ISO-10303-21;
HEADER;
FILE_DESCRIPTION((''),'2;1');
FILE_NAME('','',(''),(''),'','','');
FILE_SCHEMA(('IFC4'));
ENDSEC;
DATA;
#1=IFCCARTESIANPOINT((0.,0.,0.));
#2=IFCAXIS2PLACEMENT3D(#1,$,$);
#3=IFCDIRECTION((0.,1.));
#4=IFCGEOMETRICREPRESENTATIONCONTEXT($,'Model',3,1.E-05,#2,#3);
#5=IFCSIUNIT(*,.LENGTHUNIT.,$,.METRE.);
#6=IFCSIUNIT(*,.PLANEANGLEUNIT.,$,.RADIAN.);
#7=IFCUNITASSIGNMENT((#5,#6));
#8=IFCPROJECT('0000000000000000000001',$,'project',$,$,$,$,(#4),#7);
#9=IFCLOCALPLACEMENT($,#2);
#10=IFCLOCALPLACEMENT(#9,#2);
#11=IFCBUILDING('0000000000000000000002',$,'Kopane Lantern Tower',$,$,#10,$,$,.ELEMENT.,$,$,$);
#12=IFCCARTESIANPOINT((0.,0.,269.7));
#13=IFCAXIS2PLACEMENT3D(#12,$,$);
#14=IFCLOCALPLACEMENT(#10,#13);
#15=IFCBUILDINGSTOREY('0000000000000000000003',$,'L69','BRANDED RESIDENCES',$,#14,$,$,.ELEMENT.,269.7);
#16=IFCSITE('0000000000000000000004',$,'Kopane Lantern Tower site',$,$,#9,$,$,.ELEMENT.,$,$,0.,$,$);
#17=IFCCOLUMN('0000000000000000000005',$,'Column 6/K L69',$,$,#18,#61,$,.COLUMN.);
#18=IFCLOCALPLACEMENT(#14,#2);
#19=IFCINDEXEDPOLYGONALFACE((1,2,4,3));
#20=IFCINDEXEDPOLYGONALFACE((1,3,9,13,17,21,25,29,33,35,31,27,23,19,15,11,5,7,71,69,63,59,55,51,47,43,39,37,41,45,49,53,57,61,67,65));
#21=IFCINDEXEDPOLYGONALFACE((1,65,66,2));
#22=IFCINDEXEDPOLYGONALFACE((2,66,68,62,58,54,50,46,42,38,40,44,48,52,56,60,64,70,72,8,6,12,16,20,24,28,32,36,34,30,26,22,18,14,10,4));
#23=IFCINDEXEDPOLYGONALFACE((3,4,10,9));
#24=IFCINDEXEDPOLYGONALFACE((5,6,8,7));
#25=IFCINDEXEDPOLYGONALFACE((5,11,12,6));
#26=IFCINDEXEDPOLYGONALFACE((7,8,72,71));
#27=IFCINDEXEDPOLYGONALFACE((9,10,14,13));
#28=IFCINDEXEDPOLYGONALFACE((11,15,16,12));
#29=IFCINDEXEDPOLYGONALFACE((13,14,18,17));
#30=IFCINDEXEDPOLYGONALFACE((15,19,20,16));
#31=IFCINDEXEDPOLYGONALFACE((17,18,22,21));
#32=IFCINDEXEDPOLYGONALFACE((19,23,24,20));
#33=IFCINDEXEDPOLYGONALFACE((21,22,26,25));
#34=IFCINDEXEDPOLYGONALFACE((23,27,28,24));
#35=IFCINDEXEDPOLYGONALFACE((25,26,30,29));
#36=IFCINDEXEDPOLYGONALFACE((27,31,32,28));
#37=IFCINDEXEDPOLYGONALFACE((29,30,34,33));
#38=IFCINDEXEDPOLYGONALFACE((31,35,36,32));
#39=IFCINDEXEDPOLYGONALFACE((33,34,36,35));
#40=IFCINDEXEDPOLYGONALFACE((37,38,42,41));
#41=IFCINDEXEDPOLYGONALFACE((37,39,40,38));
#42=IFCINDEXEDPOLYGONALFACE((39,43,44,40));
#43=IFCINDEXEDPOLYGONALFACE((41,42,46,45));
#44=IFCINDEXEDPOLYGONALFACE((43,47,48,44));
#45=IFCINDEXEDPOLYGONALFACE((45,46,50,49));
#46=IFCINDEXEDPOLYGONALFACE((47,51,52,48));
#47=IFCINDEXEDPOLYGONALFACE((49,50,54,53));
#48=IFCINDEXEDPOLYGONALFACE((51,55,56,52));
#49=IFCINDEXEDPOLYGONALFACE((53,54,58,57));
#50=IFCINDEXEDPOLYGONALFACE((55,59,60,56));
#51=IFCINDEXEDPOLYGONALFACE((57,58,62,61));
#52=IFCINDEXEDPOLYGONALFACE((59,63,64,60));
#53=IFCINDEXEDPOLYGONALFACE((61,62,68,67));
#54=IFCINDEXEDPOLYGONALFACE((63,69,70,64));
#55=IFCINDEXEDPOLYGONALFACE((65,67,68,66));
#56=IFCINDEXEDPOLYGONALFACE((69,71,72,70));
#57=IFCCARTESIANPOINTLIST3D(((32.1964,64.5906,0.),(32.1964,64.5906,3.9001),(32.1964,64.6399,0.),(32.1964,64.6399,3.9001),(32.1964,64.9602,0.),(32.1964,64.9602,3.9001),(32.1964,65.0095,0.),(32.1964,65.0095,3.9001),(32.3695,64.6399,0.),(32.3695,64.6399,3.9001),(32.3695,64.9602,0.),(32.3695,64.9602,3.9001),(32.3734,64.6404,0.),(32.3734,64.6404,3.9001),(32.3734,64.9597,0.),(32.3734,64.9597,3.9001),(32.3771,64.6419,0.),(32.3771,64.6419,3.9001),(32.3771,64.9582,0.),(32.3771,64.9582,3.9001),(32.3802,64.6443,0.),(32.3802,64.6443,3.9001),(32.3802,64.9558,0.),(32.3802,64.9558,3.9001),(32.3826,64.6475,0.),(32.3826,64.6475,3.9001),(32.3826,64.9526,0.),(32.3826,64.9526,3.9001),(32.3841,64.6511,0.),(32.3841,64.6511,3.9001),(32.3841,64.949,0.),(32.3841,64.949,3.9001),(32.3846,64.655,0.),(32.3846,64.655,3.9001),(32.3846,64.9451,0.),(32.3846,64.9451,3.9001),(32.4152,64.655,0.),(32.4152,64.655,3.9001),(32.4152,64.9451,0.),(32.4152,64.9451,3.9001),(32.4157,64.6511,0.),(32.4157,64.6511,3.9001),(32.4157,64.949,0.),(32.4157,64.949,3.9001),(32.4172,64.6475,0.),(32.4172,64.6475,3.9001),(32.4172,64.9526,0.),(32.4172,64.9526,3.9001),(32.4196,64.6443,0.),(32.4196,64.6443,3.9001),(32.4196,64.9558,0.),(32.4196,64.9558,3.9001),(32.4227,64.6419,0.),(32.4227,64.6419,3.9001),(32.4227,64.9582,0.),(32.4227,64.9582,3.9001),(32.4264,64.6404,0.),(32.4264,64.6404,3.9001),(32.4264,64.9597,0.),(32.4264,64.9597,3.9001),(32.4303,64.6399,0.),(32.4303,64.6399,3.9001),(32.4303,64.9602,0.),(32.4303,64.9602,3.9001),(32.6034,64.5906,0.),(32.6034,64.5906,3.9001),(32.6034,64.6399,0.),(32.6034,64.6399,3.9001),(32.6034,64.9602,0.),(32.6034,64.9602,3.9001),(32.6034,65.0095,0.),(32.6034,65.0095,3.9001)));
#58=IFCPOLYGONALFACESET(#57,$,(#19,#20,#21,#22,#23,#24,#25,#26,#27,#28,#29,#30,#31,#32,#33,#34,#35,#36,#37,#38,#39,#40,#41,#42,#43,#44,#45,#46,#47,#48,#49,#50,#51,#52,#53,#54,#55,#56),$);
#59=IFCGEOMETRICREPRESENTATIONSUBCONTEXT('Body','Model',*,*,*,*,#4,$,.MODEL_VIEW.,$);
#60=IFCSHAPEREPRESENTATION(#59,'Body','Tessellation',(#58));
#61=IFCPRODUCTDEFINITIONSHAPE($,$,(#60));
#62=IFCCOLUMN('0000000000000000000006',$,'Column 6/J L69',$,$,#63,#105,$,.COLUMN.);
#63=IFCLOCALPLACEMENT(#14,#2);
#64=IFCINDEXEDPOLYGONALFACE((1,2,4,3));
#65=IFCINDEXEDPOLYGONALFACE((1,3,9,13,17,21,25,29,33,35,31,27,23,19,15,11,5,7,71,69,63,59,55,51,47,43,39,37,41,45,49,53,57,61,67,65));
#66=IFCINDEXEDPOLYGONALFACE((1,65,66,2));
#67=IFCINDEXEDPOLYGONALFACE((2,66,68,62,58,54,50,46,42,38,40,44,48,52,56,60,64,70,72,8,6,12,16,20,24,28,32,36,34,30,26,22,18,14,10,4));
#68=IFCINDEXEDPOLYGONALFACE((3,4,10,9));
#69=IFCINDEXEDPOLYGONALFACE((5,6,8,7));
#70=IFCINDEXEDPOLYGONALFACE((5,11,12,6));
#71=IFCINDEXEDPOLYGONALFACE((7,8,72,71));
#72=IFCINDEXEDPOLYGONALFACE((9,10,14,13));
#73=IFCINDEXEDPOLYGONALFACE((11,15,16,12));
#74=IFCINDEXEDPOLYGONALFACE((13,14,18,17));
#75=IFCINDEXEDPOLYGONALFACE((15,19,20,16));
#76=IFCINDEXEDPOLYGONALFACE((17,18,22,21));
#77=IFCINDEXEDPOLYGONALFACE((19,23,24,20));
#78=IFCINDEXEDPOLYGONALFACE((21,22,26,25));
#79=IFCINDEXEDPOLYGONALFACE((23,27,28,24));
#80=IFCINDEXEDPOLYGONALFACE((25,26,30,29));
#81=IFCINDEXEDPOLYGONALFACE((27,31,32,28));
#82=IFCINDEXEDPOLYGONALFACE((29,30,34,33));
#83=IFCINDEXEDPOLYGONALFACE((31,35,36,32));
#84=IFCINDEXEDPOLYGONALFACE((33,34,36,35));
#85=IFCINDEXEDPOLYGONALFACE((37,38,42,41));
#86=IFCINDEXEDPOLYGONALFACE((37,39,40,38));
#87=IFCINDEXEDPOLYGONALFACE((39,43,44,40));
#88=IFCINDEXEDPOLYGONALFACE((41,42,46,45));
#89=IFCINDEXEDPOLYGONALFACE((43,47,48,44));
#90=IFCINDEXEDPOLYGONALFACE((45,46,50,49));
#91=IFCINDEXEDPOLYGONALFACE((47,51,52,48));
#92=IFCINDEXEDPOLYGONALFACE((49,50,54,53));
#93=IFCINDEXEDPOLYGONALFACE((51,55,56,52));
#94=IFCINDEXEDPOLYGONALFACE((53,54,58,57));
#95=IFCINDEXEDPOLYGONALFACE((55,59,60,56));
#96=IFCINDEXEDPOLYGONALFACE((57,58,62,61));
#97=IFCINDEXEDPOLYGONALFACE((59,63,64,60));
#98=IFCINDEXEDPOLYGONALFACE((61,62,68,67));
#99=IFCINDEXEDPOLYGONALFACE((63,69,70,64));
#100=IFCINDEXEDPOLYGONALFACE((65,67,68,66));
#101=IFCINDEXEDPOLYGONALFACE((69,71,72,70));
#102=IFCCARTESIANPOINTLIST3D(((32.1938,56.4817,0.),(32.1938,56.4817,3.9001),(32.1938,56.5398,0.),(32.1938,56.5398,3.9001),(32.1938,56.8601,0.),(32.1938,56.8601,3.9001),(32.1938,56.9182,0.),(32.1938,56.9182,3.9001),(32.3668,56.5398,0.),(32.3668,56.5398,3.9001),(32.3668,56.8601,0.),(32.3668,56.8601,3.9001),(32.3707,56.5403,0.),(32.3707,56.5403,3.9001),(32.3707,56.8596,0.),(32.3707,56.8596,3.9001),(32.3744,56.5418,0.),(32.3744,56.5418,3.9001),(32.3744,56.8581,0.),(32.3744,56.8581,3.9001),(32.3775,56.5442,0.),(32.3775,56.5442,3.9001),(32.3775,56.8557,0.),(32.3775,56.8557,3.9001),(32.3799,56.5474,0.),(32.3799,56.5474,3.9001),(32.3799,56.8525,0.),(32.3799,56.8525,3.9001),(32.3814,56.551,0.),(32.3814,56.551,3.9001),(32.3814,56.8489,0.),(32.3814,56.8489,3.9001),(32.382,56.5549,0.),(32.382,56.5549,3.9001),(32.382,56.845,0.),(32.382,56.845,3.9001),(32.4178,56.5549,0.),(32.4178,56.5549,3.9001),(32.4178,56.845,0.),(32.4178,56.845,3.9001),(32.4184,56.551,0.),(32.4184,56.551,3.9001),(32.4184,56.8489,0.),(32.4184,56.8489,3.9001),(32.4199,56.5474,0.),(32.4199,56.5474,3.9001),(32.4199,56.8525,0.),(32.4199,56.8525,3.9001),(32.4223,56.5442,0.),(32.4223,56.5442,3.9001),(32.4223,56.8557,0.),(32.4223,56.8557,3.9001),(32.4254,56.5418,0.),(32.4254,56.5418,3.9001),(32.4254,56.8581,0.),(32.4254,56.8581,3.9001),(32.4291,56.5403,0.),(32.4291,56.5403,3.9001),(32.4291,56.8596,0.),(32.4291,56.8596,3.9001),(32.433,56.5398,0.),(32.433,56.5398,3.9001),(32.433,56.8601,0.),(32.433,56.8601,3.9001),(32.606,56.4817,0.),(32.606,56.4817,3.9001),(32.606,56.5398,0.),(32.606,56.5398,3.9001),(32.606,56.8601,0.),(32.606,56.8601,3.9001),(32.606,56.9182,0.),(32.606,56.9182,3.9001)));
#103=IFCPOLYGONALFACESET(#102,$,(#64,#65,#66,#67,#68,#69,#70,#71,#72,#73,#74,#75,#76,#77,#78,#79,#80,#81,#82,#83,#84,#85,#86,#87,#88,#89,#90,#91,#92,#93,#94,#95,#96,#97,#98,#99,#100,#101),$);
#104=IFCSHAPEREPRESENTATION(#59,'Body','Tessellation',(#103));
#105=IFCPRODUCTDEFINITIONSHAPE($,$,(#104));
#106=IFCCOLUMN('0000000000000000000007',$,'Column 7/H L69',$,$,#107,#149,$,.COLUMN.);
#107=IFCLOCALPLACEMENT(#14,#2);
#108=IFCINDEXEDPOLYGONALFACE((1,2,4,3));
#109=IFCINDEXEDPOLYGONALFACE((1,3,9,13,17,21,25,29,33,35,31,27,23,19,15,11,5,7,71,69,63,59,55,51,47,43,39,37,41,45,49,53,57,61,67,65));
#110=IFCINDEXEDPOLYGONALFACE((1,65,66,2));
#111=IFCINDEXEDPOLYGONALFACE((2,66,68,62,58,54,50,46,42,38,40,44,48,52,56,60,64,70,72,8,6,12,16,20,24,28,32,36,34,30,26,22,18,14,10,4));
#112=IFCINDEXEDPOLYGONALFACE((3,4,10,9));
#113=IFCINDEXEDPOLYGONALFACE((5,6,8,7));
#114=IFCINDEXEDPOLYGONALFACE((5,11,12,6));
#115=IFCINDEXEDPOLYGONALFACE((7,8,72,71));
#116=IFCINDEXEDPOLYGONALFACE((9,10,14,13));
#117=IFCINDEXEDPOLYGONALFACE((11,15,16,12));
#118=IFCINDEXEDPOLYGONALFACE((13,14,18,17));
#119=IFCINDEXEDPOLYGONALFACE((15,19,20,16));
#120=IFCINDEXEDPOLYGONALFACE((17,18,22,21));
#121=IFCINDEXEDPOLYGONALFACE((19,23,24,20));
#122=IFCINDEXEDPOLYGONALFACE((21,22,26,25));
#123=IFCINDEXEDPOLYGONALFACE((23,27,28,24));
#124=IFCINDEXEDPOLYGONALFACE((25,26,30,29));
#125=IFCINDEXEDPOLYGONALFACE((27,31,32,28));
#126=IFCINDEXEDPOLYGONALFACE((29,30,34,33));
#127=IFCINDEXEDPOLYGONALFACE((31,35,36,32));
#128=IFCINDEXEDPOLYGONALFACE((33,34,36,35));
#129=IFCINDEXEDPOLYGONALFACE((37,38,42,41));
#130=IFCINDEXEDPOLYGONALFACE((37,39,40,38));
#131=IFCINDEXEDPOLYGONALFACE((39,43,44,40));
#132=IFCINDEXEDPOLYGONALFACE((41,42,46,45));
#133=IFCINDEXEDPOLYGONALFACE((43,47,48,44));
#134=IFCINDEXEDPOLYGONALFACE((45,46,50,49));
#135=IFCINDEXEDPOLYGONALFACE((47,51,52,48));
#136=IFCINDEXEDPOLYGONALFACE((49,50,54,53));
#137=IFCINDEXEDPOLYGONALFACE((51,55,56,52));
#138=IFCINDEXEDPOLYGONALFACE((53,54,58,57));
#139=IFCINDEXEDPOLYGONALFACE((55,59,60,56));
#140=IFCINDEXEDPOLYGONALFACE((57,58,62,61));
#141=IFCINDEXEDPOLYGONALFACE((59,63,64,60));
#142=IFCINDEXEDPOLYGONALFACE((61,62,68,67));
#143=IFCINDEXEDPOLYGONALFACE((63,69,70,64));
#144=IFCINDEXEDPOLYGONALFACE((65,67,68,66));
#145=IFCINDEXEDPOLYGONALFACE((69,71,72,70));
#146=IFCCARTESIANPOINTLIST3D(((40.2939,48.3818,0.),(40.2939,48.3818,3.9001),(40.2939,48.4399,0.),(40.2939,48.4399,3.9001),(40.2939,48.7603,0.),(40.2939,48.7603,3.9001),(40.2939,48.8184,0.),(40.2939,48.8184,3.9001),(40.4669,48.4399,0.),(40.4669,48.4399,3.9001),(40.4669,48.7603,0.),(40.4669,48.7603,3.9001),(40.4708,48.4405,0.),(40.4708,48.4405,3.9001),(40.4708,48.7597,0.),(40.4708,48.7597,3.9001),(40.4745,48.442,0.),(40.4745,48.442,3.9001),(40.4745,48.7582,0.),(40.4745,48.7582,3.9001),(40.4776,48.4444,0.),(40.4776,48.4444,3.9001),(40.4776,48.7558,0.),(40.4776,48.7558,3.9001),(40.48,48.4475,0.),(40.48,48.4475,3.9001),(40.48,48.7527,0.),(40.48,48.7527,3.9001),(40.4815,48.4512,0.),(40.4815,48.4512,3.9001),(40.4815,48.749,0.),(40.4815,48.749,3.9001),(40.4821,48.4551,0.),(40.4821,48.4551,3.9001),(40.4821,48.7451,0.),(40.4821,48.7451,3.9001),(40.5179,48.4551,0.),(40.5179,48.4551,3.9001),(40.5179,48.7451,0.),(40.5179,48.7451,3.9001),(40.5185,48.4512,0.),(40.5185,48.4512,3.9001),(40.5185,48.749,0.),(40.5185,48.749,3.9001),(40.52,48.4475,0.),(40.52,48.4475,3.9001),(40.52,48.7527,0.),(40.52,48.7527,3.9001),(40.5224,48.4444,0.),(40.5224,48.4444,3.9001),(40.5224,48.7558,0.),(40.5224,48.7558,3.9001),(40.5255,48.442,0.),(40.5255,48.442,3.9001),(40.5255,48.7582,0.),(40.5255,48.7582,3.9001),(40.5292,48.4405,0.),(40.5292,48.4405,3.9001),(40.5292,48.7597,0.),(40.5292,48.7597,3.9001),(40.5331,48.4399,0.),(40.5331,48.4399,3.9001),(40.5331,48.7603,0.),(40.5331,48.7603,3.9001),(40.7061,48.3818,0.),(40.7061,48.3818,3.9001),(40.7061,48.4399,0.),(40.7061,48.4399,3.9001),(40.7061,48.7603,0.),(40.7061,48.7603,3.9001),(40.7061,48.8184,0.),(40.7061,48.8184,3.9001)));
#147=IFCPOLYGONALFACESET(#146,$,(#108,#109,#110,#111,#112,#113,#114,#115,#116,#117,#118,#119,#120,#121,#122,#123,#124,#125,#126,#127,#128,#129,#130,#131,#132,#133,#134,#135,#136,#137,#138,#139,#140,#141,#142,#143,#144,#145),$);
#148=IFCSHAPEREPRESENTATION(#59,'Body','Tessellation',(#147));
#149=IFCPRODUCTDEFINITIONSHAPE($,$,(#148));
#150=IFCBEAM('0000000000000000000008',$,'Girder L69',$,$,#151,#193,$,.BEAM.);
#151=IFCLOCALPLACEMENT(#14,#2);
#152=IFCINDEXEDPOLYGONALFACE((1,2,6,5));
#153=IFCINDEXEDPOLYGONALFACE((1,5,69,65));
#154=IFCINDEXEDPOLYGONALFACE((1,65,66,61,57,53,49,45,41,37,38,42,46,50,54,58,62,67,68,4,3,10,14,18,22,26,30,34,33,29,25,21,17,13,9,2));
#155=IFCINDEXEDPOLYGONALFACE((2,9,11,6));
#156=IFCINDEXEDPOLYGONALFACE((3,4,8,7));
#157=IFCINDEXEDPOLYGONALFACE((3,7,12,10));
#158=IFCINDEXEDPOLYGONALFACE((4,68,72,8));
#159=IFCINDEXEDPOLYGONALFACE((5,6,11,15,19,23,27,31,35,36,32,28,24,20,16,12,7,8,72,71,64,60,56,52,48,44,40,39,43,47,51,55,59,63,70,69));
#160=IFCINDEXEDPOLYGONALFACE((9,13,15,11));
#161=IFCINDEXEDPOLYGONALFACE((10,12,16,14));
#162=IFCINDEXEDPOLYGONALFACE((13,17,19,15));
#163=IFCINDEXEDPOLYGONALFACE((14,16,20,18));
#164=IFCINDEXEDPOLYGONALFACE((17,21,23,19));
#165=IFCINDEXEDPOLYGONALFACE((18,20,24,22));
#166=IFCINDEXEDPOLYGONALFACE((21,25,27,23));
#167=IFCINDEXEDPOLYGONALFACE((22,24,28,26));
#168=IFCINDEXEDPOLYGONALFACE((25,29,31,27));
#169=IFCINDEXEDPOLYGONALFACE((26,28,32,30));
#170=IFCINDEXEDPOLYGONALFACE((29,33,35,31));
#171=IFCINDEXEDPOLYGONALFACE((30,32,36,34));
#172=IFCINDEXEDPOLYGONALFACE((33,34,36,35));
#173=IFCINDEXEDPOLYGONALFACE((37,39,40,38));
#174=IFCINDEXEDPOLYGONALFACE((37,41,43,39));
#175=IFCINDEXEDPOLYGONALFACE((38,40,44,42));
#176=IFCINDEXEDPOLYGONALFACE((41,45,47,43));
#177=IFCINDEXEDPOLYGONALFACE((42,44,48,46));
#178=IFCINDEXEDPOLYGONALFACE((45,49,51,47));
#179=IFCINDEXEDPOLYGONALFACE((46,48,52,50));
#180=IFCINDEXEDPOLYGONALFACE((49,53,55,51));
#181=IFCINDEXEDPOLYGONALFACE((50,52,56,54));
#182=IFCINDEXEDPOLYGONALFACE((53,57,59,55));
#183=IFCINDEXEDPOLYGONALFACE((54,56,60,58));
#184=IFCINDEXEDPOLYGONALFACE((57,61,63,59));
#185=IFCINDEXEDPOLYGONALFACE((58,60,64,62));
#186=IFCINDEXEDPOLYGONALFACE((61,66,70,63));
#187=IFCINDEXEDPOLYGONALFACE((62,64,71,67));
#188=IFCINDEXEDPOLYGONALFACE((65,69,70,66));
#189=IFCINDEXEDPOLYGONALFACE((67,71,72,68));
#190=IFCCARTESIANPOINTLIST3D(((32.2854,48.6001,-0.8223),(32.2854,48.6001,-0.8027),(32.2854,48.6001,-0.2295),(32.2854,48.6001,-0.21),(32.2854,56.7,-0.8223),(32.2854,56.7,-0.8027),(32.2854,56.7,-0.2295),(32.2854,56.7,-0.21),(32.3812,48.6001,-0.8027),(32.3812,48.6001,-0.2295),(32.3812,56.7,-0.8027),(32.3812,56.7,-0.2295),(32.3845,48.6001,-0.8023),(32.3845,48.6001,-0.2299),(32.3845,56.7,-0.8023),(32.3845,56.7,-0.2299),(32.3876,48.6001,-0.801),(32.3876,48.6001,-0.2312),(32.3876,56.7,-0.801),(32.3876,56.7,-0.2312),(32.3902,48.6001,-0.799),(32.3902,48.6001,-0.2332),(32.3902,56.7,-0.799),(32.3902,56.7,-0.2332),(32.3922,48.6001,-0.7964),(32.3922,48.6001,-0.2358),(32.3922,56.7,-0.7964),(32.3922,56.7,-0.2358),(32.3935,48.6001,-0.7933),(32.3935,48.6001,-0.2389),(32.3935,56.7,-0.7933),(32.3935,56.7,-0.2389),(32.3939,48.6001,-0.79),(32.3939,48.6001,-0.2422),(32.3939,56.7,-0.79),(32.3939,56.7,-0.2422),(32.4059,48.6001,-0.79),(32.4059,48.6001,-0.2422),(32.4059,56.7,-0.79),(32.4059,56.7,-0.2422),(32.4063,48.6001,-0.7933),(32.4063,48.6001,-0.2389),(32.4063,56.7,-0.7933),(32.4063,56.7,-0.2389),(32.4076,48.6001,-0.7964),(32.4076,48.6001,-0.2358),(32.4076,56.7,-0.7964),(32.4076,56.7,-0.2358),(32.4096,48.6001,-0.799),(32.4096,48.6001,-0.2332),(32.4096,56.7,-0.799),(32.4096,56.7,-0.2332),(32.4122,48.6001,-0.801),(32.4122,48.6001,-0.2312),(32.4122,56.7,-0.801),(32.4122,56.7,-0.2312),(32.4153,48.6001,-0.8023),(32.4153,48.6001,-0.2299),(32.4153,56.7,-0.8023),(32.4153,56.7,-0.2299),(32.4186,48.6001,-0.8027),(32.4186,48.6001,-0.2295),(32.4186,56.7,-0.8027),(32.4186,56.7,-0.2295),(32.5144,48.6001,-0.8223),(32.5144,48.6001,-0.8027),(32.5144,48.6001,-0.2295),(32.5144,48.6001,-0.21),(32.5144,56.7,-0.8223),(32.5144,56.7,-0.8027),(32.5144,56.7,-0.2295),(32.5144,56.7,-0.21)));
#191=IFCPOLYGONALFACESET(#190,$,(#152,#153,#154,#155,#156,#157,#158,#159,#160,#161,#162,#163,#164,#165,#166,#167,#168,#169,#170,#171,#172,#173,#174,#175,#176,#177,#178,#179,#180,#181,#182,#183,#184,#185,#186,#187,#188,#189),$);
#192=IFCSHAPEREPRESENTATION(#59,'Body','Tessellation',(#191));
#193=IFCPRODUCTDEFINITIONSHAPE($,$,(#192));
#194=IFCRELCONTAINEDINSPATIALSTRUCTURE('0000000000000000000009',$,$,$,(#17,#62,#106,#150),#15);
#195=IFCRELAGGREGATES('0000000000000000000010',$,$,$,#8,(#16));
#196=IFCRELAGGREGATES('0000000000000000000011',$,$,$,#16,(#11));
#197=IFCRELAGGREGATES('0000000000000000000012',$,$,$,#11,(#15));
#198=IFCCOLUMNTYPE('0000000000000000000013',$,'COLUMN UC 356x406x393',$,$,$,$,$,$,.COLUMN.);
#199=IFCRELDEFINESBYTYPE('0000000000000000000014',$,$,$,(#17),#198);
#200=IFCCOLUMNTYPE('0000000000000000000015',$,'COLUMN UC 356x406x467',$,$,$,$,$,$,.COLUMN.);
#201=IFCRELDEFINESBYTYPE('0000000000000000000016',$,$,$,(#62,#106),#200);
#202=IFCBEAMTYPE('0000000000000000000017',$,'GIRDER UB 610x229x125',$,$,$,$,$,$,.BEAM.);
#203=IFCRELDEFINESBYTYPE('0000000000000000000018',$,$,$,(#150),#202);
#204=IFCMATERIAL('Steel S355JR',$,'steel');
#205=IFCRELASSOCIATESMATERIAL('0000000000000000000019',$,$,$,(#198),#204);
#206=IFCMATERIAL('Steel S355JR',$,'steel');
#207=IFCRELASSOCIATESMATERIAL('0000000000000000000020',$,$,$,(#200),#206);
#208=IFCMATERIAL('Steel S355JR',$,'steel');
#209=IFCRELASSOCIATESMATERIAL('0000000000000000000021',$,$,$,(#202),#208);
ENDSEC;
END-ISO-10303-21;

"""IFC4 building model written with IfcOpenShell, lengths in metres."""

from ifc_helpers import new_model, si_unit, direction, frame, origin, origin_2d, place, context, subcontext, project, spatial, i_section, extrude, material, material_profile, profile_set, type_object, element, save


model = new_model("IFC4")

# Units and contexts
model_context = context("Model", 3, precision=1e-05, world=origin(), true_north=direction((0.0, 1.0)))
body_context = subcontext(model_context, "Body", "Model", "MODEL_VIEW")
ifc_project = project(units=[si_unit("LENGTHUNIT", "METRE"), si_unit("PLANEANGLEUNIT", "RADIAN")], contexts=[model_context])

# Site, building, storey
site_placement = place(None, origin())
site = spatial("IfcSite", under=ifc_project, at=site_placement, Name="Kopane Lantern Tower site", CompositionType="ELEMENT", RefElevation=0.0)
building_placement = place(site_placement, origin())
building = spatial("IfcBuilding", under=site, at=building_placement, Name="Kopane Lantern Tower", CompositionType="ELEMENT")
storey_placement = place(building_placement, frame((0.0, 0.0, 269.7)))
storey = spatial("IfcBuildingStorey", under=building, at=storey_placement, Name="L69", Description="BRANDED RESIDENCES", CompositionType="ELEMENT", Elevation=269.7)

# Columns
ifc_material_1 = material(Name="Steel S355JR", Category="steel")
ifc_material_profile_1 = material_profile(ifc_material_1, i_section(OverallWidth=0.407, OverallDepth=0.4189, WebThickness=0.0305, FlangeThickness=0.0493, FilletRadius=0.0151, at=origin_2d()), Name="UC 356x406x393")
ifc_profile_set_1 = profile_set([ifc_material_profile_1], Name="Steel S355JR")
column_type_1 = type_object("IfcColumnType", Name="COLUMN UC 356x406x393", PredefinedType="COLUMN", material=ifc_profile_set_1)
column_placement = place(storey_placement, frame((32.3999, 64.8, 0.0), z_axis=(0.0, 0.0, 1.0), x_axis=(1.0, 0.0, 0.0)))
element("IfcColumn", 1, at=column_placement, inside=storey, type_object=column_type_1, Name="Column 6/K L69", PredefinedType="COLUMN", context=body_context, shape_type="SweptSolid", body=[
    extrude(i_section(OverallWidth=0.407, OverallDepth=0.4189, WebThickness=0.0305, FlangeThickness=0.0493, FilletRadius=0.0151, at=origin_2d()), origin(), (0.0, 0.0, 1.0), 3.9001),
])
ifc_material_2 = material(Name="Steel S355JR", Category="steel")
ifc_material_profile_2 = material_profile(ifc_material_2, i_section(OverallWidth=0.4121, OverallDepth=0.4365, WebThickness=0.0359, FlangeThickness=0.0581, FilletRadius=0.0151, at=origin_2d()), Name="UC 356x406x467")
ifc_profile_set_2 = profile_set([ifc_material_profile_2], Name="Steel S355JR")
column_type_2 = type_object("IfcColumnType", Name="COLUMN UC 356x406x467", PredefinedType="COLUMN", material=ifc_profile_set_2)
for number, where, z_axis, x_axis, name in (
    (2, (32.3999, 56.7, 0.0), (0.0, 0.0, 1.0), (1.0, 0.0, 0.0), "Column 6/J L69"),
    (3, (40.5, 48.6001, 0.0), (0.0, 0.0, 1.0), (1.0, 0.0, 0.0), "Column 7/H L69"),
):
    element("IfcColumn", number, at=place(storey_placement, frame(where, z_axis=z_axis, x_axis=x_axis)), inside=storey, type_object=column_type_2, Name=name, PredefinedType="COLUMN", context=body_context, shape_type="SweptSolid", body=[
        extrude(i_section(OverallWidth=0.4121, OverallDepth=0.4365, WebThickness=0.0359, FlangeThickness=0.0581, FilletRadius=0.0151, at=origin_2d()), origin(), (0.0, 0.0, 1.0), 3.9001),
    ])

# Beam
ifc_material_3 = material(Name="Steel S355JR", Category="steel")
ifc_material_profile_3 = material_profile(ifc_material_3, i_section(OverallWidth=0.229, OverallDepth=0.6123, WebThickness=0.012, FlangeThickness=0.0195, FilletRadius=0.0127, at=origin_2d()), Name="UB 610x229x125")
ifc_profile_set_3 = profile_set([ifc_material_profile_3], Name="Steel S355JR")
beam_type = type_object("IfcBeamType", Name="GIRDER UB 610x229x125", PredefinedType="BEAM", material=ifc_profile_set_3)
beam_1_placement = place(storey_placement, frame((32.3999, 48.6001, -0.5161), z_axis=(0.0, 1.0, 0.0), x_axis=(-1.0, 0.0, 0.0)))
element("IfcBeam", 4, at=beam_1_placement, inside=storey, type_object=beam_type, Name="Girder L69", PredefinedType="BEAM", context=body_context, shape_type="SweptSolid", body=[
    extrude(i_section(OverallWidth=0.229, OverallDepth=0.6123, WebThickness=0.012, FlangeThickness=0.0195, FilletRadius=0.0127, at=origin_2d()), origin(), (0.0, 0.0, 1.0), 8.0999),
])

save(model, "model.ifc")
